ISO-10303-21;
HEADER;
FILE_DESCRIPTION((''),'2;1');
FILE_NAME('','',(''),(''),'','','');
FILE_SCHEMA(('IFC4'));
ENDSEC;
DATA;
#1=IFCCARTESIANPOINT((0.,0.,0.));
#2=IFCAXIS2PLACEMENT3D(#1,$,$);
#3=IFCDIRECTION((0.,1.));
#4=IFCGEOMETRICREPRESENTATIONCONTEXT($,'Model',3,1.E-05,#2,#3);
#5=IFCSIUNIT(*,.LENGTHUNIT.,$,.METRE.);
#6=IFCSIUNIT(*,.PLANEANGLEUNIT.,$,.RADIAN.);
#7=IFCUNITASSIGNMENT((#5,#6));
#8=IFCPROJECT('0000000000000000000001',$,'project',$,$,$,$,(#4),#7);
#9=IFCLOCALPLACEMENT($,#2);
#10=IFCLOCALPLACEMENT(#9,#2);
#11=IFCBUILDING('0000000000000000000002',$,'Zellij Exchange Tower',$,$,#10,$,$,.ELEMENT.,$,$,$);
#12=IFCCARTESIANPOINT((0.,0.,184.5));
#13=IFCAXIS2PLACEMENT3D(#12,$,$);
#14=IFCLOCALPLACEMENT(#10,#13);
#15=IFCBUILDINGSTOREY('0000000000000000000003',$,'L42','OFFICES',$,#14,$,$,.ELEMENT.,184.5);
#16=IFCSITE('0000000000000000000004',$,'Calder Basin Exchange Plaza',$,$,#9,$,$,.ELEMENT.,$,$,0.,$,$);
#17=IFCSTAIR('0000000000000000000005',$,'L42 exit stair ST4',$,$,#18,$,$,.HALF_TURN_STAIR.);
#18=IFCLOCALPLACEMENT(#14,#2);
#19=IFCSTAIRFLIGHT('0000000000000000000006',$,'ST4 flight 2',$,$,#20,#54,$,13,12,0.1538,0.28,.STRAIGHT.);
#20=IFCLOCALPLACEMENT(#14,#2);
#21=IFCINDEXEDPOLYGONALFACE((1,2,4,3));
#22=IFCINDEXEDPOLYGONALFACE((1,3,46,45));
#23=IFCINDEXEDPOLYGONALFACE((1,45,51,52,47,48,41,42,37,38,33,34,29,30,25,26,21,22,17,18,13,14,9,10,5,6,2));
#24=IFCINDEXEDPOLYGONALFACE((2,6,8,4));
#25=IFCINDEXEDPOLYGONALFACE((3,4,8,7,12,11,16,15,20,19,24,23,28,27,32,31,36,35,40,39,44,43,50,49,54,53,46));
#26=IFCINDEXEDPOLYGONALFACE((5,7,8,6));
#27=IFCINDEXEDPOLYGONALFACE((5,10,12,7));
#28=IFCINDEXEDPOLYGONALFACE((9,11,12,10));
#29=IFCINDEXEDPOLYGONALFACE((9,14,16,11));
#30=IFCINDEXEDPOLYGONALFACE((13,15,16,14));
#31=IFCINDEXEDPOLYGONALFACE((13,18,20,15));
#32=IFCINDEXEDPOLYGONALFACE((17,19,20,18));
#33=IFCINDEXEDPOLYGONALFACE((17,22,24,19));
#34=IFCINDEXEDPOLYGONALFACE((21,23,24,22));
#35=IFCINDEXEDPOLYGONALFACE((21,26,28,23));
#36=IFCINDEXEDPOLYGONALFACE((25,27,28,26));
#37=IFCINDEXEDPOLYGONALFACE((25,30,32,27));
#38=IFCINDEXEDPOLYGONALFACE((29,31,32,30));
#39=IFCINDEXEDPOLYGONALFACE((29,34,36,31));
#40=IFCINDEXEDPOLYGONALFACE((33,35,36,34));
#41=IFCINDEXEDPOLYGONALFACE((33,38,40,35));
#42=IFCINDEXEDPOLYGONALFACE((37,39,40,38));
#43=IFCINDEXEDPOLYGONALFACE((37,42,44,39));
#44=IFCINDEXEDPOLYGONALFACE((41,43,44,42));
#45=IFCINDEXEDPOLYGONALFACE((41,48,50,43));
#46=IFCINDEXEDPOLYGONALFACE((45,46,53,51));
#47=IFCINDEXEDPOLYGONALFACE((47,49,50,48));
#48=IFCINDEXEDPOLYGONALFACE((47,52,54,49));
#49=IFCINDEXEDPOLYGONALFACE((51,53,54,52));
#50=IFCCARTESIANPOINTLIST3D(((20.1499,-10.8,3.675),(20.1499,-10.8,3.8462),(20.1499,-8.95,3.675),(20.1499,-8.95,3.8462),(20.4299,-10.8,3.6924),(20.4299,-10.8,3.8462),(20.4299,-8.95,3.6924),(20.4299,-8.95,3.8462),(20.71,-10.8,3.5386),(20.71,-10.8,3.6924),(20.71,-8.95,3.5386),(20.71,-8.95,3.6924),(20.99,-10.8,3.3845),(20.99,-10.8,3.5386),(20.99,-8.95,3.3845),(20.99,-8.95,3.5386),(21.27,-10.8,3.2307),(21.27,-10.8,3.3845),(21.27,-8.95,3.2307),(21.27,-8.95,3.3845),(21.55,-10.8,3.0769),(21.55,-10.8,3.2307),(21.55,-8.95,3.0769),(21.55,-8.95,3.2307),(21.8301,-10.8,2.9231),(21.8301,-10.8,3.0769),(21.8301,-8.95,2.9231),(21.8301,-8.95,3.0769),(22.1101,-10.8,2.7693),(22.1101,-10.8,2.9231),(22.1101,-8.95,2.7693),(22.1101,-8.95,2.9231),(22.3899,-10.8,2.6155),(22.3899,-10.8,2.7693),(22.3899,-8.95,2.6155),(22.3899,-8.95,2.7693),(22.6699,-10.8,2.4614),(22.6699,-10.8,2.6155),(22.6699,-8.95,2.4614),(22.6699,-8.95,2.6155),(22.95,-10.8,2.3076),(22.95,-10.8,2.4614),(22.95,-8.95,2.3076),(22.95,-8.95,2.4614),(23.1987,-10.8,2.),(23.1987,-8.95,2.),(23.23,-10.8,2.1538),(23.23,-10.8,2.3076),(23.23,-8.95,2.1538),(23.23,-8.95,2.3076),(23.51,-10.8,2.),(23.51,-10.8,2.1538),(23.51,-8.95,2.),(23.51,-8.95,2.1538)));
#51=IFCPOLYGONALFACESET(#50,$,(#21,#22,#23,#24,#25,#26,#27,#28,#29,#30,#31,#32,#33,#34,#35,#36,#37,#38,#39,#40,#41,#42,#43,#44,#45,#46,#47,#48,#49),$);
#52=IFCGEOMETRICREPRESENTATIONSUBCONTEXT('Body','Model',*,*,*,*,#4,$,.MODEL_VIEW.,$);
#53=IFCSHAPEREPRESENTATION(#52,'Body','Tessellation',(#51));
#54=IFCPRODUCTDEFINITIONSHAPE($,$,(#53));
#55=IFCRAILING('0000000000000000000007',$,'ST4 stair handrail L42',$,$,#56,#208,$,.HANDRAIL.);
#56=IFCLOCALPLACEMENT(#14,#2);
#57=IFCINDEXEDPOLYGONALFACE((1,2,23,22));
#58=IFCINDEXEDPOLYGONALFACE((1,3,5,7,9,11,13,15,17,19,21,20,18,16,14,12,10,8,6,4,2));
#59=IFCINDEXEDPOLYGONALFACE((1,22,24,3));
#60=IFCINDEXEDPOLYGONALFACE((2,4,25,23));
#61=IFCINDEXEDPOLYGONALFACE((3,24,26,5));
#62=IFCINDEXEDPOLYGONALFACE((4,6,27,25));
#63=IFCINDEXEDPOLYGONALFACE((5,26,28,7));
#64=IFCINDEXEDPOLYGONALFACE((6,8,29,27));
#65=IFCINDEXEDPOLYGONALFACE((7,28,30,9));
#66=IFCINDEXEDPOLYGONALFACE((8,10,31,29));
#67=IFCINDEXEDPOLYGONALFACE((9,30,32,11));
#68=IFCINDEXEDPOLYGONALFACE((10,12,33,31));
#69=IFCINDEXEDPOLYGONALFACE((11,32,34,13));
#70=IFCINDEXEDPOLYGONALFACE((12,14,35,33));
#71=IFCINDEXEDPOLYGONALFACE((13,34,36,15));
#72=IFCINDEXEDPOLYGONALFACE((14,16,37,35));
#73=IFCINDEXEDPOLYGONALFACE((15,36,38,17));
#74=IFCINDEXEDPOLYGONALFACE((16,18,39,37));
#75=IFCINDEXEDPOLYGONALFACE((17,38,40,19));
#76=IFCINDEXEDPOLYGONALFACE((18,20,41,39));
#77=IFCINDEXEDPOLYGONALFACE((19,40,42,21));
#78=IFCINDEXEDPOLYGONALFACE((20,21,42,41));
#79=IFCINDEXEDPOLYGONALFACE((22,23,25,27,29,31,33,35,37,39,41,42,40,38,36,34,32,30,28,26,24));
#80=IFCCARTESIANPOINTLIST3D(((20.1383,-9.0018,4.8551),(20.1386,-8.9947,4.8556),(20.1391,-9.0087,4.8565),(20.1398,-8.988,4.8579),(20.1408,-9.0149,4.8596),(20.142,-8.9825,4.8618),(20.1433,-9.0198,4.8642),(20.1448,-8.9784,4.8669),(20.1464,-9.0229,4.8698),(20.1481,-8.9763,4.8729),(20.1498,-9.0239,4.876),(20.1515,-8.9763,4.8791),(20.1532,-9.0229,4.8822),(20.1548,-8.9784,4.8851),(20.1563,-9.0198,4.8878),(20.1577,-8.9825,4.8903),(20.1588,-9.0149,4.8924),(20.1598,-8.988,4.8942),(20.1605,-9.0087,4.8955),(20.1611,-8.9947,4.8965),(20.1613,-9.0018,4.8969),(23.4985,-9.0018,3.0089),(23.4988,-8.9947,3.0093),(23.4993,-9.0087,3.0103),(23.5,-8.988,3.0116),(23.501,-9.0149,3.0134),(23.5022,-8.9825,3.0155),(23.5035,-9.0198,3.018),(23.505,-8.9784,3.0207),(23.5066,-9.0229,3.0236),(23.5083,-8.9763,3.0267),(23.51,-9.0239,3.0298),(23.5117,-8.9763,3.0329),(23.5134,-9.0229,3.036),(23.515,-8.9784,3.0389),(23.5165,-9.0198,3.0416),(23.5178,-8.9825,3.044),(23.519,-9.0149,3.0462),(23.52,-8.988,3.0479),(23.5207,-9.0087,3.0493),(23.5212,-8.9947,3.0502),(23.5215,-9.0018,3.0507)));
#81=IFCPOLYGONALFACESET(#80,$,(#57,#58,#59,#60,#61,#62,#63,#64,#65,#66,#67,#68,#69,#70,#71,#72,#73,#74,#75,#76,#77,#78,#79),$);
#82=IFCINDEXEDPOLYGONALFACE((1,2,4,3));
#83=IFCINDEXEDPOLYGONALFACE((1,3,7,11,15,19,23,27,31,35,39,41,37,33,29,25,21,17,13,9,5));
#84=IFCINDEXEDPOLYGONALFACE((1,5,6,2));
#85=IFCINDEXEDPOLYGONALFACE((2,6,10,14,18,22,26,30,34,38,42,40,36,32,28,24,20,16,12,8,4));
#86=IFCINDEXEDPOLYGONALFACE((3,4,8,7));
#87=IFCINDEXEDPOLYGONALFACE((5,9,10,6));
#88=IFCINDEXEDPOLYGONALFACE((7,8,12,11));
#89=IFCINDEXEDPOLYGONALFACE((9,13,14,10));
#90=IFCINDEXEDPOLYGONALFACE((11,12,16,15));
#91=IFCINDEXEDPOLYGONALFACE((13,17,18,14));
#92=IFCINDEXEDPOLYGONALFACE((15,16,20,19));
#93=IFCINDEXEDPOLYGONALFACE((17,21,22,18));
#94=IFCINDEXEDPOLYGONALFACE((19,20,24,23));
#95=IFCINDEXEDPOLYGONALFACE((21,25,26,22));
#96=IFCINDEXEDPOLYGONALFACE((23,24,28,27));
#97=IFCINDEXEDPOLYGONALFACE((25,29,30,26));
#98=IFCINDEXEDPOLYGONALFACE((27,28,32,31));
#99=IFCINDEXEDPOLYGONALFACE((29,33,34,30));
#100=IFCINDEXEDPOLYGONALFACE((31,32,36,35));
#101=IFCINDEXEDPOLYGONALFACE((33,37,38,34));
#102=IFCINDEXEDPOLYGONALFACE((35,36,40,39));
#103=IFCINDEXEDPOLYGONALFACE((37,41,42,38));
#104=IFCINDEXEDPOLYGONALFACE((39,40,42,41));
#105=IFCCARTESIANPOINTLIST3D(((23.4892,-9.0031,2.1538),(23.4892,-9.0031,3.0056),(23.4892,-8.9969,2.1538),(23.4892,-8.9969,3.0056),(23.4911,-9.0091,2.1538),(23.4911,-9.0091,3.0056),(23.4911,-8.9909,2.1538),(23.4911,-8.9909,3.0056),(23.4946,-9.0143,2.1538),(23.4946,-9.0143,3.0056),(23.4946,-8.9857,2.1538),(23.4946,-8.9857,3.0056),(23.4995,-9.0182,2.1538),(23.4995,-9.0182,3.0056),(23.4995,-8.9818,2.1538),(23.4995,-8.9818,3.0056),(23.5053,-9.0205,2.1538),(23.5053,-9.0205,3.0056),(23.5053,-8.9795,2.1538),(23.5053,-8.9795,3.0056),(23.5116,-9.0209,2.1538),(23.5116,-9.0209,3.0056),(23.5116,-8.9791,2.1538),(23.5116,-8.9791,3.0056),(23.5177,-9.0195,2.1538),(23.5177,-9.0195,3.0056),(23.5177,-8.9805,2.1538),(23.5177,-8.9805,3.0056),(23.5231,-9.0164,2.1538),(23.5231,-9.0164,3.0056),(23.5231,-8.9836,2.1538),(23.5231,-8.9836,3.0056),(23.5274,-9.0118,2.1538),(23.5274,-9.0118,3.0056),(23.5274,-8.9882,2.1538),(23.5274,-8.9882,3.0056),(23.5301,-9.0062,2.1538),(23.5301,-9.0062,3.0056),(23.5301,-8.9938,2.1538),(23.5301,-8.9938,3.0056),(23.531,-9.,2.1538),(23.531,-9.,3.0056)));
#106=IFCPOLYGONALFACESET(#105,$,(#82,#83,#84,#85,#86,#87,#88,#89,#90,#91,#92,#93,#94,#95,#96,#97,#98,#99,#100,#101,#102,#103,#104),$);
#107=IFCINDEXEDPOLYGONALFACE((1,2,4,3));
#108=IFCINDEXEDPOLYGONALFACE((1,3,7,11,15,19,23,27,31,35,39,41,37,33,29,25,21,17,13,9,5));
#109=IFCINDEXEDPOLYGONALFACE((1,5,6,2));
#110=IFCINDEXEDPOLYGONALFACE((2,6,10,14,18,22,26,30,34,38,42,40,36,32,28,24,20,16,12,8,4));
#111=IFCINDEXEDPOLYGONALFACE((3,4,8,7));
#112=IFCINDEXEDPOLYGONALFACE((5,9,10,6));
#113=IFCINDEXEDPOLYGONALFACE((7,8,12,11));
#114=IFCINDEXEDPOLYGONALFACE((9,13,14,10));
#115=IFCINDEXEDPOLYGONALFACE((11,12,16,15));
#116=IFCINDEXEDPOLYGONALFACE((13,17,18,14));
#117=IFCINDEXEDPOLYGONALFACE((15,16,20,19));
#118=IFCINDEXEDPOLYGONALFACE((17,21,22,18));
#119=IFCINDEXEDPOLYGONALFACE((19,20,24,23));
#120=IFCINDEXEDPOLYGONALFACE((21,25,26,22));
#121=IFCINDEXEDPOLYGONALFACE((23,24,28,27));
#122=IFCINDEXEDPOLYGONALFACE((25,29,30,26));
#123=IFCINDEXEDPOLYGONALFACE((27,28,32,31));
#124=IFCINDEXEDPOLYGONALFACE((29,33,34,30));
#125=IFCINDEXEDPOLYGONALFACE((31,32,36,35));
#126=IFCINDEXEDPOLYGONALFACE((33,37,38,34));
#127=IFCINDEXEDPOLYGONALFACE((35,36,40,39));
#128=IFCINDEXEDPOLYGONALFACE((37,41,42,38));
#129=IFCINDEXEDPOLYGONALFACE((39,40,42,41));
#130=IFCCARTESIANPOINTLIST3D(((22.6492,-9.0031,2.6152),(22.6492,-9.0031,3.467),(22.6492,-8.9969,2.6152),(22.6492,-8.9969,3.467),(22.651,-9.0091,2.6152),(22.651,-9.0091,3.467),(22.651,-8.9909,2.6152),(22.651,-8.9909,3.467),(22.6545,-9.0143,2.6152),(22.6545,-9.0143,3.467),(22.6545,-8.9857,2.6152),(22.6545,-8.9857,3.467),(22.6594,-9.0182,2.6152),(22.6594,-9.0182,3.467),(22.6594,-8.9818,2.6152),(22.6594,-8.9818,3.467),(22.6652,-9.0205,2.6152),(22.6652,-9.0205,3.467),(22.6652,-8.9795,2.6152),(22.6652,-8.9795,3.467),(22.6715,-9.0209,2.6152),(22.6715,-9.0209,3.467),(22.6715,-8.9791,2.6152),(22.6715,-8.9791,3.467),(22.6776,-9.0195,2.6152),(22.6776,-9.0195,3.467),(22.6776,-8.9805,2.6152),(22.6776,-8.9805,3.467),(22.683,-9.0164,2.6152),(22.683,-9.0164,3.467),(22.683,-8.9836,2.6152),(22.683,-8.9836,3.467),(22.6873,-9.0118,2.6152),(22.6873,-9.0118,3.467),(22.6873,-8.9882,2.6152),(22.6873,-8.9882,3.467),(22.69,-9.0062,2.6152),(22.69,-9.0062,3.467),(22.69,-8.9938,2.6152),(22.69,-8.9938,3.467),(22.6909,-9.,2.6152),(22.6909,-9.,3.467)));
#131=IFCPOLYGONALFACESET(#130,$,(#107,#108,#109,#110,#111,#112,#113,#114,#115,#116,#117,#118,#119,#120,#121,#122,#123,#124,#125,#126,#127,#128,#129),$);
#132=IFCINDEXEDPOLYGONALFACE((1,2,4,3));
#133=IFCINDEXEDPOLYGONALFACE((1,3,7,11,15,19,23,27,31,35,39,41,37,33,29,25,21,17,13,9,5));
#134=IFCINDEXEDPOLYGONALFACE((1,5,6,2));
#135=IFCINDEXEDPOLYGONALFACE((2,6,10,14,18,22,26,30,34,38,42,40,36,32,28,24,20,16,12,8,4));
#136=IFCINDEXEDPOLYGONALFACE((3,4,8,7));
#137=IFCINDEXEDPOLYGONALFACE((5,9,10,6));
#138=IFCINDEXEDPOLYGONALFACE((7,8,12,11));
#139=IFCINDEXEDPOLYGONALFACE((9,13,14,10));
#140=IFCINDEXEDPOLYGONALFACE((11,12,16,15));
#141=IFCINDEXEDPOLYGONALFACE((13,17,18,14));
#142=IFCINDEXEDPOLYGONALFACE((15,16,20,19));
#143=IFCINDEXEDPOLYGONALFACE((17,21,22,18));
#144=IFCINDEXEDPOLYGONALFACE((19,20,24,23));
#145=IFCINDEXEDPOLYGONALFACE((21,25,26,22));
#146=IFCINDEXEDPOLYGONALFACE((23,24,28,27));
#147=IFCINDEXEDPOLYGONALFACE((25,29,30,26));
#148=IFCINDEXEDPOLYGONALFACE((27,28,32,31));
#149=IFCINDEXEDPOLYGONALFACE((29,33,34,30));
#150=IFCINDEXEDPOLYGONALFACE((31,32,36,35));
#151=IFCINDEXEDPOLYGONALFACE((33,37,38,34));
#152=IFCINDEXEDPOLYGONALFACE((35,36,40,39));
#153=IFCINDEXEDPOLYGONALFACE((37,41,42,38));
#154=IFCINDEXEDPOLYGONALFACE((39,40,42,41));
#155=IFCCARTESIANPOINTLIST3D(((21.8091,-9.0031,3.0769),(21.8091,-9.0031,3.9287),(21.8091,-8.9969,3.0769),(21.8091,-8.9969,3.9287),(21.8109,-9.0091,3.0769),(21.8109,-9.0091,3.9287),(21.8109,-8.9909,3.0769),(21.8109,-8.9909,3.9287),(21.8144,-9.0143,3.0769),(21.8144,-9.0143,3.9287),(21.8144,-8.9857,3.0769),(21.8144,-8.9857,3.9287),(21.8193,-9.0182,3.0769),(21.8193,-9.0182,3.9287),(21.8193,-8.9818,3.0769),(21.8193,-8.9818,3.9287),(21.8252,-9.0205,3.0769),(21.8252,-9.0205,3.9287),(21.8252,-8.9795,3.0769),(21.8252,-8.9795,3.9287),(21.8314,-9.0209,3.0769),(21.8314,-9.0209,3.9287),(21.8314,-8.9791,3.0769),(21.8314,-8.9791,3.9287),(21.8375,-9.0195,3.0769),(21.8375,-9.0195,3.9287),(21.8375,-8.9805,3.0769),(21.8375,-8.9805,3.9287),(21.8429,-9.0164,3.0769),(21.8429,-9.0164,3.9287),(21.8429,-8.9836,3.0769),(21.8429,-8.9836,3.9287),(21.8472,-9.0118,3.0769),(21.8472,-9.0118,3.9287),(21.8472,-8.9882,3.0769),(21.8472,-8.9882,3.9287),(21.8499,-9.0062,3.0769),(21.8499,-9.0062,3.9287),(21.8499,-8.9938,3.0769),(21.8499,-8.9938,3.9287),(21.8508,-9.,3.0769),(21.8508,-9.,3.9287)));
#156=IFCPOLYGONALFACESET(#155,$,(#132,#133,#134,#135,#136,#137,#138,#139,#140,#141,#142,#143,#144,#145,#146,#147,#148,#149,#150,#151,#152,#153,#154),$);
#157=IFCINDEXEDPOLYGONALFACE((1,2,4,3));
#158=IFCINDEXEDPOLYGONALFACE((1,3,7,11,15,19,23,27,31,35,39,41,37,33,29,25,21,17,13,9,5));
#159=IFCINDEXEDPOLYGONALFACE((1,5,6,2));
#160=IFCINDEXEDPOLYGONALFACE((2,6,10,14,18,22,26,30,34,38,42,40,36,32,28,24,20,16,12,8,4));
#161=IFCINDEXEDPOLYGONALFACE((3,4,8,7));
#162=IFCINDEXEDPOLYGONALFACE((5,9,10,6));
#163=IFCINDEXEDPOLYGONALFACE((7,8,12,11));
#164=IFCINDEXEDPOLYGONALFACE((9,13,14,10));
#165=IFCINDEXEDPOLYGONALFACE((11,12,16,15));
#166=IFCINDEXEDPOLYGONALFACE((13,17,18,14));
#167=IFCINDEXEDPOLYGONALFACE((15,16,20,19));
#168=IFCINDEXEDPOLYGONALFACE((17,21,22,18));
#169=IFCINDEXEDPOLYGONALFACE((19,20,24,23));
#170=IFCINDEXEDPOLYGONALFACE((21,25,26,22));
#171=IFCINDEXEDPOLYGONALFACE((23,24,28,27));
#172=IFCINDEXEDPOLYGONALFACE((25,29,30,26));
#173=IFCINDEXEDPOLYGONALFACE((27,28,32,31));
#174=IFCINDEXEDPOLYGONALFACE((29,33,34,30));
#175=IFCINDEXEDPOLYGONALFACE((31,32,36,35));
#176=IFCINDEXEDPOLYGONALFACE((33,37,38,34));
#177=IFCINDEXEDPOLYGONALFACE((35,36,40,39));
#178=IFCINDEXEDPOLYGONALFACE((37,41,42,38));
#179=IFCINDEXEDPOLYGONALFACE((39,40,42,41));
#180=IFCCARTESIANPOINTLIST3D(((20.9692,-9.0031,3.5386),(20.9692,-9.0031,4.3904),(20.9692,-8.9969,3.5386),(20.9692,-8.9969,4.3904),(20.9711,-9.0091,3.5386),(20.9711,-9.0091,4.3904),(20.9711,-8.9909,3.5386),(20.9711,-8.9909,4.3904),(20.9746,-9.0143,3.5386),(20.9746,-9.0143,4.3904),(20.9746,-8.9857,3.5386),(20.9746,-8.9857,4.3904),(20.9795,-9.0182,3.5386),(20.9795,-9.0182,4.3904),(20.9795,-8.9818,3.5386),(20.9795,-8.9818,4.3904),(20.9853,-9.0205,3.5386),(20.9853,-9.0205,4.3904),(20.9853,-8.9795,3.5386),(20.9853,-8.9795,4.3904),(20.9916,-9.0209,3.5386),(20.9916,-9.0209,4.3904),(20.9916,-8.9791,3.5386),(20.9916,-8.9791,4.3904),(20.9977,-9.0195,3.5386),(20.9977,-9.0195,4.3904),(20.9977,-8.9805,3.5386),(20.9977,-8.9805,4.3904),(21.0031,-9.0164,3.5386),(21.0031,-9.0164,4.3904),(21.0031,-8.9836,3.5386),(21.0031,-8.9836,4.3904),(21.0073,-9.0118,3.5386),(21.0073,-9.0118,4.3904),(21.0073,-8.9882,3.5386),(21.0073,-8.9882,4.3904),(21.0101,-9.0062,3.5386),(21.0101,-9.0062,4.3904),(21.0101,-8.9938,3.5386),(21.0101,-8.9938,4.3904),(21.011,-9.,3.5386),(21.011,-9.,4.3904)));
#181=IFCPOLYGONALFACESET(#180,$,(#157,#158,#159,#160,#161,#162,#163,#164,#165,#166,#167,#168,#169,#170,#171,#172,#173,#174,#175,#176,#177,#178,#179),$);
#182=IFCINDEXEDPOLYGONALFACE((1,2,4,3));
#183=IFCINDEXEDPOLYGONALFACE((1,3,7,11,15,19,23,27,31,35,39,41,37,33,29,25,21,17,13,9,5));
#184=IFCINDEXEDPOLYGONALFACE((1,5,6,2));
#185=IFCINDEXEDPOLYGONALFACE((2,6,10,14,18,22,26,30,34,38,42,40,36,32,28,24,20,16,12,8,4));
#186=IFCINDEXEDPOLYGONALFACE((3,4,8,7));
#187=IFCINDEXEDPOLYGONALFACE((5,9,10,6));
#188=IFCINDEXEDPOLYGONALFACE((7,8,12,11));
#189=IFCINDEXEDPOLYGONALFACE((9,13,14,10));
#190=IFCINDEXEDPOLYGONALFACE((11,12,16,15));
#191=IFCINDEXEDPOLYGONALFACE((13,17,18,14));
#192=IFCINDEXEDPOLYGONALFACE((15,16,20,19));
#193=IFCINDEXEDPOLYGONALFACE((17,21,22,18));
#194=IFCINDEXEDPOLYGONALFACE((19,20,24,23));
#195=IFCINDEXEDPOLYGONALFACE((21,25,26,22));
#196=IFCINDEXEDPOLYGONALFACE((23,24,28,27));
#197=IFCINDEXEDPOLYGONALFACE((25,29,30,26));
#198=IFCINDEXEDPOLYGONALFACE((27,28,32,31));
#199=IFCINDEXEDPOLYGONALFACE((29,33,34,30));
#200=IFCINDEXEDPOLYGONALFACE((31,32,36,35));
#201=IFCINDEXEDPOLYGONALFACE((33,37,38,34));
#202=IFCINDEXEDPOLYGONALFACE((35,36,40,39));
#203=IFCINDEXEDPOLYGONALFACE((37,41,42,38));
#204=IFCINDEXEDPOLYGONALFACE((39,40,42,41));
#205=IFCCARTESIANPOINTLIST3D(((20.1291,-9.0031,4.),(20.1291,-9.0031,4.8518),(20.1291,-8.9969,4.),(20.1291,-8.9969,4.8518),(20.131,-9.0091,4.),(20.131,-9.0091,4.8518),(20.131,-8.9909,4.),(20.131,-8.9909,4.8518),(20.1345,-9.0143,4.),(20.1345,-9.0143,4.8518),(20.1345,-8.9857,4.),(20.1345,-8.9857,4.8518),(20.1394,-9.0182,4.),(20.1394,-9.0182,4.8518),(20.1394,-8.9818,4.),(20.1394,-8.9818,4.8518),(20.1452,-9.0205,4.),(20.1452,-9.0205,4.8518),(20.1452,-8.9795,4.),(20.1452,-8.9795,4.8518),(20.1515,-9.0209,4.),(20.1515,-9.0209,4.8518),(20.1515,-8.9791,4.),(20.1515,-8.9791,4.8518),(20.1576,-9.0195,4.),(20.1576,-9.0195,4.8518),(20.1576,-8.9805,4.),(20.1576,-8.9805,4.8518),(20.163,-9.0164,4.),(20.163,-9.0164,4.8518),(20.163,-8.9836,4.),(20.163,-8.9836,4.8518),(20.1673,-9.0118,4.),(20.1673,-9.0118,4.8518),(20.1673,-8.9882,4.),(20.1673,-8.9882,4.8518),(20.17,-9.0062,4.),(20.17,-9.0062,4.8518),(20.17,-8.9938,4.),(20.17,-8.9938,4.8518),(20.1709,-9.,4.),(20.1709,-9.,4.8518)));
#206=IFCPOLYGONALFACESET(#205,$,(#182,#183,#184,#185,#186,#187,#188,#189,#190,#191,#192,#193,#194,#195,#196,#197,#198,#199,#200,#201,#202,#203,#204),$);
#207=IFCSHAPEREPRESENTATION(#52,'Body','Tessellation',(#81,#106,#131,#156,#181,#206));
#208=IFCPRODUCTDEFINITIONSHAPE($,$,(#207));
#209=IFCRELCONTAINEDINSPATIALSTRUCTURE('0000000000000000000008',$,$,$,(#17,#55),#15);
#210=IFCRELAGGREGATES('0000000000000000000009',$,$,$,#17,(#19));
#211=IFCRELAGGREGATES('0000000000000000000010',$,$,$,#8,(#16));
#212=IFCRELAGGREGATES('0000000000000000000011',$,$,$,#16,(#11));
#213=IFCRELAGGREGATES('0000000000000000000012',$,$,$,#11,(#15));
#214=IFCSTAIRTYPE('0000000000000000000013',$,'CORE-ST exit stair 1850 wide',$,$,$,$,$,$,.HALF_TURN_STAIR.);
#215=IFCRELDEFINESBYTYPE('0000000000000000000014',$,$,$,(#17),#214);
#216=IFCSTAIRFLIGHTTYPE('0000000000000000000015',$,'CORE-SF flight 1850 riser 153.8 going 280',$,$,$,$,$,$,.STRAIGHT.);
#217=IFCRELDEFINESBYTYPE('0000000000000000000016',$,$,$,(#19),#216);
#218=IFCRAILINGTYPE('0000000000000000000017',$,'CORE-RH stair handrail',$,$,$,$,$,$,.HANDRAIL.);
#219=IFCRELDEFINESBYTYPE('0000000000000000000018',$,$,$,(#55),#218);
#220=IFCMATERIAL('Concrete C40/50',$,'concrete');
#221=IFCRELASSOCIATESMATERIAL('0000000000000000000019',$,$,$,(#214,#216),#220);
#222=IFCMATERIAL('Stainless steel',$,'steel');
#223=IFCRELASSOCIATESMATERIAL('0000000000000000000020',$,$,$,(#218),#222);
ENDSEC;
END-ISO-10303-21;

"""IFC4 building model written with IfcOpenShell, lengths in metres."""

from ifc_helpers import new_model, si_unit, direction, frame, origin, origin_2d, place, context, subcontext, project, spatial, polyline, circle, outline, extrude, material, type_object, element, aggregate, save


model = new_model("IFC4")

# Units and contexts
model_context = context("Model", 3, precision=1e-05, world=origin(), true_north=direction((0.0, 1.0)))
body_context = subcontext(model_context, "Body", "Model", "MODEL_VIEW")
ifc_project = project(units=[si_unit("LENGTHUNIT", "METRE"), si_unit("PLANEANGLEUNIT", "RADIAN")], contexts=[model_context])

# Site, building, storey
site_placement = place(None, origin())
site = spatial("IfcSite", under=ifc_project, at=site_placement, Name="Calder Basin Exchange Plaza", CompositionType="ELEMENT", RefElevation=0.0)
building_placement = place(site_placement, origin())
building = spatial("IfcBuilding", under=site, at=building_placement, Name="Zellij Exchange Tower", CompositionType="ELEMENT")
storey_placement = place(building_placement, frame((0.0, 0.0, 184.5)))
storey = spatial("IfcBuildingStorey", under=building, at=storey_placement, Name="L42", Description="OFFICES", CompositionType="ELEMENT", Elevation=184.5)

# Stair, stair flight
ifc_material_1 = material(Name="Concrete C40/50", Category="concrete")
stair_type = type_object("IfcStairType", Name="CORE-ST exit stair 1850 wide", PredefinedType="HALF_TURN_STAIR", material=ifc_material_1)
stair_placement = place(storey_placement, origin())
stair = element("IfcStair", 1, at=stair_placement, inside=storey, type_object=stair_type, Name="L42 exit stair ST4", PredefinedType="HALF_TURN_STAIR")
stair_flight_type = type_object("IfcStairFlightType", Name="CORE-SF flight 1850 riser 153.8 going 280", PredefinedType="STRAIGHT", material=ifc_material_1)
stair_flight_placement = place(storey_placement, frame((23.51, -9.875, 2.0), z_axis=(0.0, 0.0, 1.0), x_axis=(-1.0, 0.0, 0.0)))
stair_flight = element("IfcStairFlight", 2, at=stair_flight_placement, type_object=stair_flight_type, Name="ST4 flight 2", NumberOfRisers=13, NumberOfTreads=12, PredefinedType="STRAIGHT", RiserHeight=0.1538, TreadLength=0.28, context=body_context, shape_type="SweptSolid", body=[
    extrude(outline(polyline([(0.0, 0.0), (0.0, 0.1538), (0.28, 0.1538), (0.28, 0.3076), (0.5601, 0.3076), (0.5601, 0.4614), (0.8401, 0.4614), (0.8401, 0.6155), (1.1201, 0.6155), (1.1201, 0.7693), (1.3999, 0.7693), (1.3999, 0.9231), (1.6799, 0.9231), (1.6799, 1.0769), (1.96, 1.0769), (1.96, 1.2307), (2.24, 1.2307), (2.24, 1.3845), (2.52, 1.3845), (2.52, 1.5386), (2.8, 1.5386), (2.8, 1.6924), (3.0801, 1.6924), (3.0801, 1.8462), (3.3601, 1.8462), (3.3601, 2.0), (3.3601, 1.675), (0.3113, 0.0), (0.0, 0.0)])), frame((0.0, 0.925, 0.0), z_axis=(0.0, -1.0, 0.0), x_axis=(1.0, 0.0, 0.0)), (0.0, 0.0, 1.0), 1.8501),
])
aggregate(stair, [stair_flight])

# Railing
ifc_material_2 = material(Name="Stainless steel", Category="steel")
railing_type = type_object("IfcRailingType", Name="CORE-RH stair handrail", PredefinedType="HANDRAIL", material=ifc_material_2)
railing_placement = place(storey_placement, frame((23.51, -9.0, 2.1538)))
element("IfcRailing", 3, at=railing_placement, inside=storey, type_object=railing_type, Name="ST4 stair handrail L42", PredefinedType="HANDRAIL", context=body_context, shape_type="SweptSolid", body=[
    extrude(circle(Radius=0.0239, at=origin_2d()), frame((0.0, 0.0, 0.876), z_axis=(-0.876422, 0.0, 0.481545), x_axis=(0.0, -1.0, 0.0)), (0.0, 0.0, 1.0), 3.834),
    extrude(circle(Radius=0.021, at=origin_2d()), origin(), (0.0, 0.0, 1.0), 0.8518),
    extrude(circle(Radius=0.021, at=origin_2d()), frame((-0.8401, 0.0, 0.4614)), (0.0, 0.0, 1.0), 0.8518),
    extrude(circle(Radius=0.021, at=origin_2d()), frame((-1.6802, 0.0, 0.9231)), (0.0, 0.0, 1.0), 0.8518),
    extrude(circle(Radius=0.021, at=origin_2d()), frame((-2.52, 0.0, 1.3848)), (0.0, 0.0, 1.0), 0.8518),
    extrude(circle(Radius=0.021, at=origin_2d()), frame((-3.3601, 0.0, 1.8462)), (0.0, 0.0, 1.0), 0.8518),
])

save(model, "model.ifc")
